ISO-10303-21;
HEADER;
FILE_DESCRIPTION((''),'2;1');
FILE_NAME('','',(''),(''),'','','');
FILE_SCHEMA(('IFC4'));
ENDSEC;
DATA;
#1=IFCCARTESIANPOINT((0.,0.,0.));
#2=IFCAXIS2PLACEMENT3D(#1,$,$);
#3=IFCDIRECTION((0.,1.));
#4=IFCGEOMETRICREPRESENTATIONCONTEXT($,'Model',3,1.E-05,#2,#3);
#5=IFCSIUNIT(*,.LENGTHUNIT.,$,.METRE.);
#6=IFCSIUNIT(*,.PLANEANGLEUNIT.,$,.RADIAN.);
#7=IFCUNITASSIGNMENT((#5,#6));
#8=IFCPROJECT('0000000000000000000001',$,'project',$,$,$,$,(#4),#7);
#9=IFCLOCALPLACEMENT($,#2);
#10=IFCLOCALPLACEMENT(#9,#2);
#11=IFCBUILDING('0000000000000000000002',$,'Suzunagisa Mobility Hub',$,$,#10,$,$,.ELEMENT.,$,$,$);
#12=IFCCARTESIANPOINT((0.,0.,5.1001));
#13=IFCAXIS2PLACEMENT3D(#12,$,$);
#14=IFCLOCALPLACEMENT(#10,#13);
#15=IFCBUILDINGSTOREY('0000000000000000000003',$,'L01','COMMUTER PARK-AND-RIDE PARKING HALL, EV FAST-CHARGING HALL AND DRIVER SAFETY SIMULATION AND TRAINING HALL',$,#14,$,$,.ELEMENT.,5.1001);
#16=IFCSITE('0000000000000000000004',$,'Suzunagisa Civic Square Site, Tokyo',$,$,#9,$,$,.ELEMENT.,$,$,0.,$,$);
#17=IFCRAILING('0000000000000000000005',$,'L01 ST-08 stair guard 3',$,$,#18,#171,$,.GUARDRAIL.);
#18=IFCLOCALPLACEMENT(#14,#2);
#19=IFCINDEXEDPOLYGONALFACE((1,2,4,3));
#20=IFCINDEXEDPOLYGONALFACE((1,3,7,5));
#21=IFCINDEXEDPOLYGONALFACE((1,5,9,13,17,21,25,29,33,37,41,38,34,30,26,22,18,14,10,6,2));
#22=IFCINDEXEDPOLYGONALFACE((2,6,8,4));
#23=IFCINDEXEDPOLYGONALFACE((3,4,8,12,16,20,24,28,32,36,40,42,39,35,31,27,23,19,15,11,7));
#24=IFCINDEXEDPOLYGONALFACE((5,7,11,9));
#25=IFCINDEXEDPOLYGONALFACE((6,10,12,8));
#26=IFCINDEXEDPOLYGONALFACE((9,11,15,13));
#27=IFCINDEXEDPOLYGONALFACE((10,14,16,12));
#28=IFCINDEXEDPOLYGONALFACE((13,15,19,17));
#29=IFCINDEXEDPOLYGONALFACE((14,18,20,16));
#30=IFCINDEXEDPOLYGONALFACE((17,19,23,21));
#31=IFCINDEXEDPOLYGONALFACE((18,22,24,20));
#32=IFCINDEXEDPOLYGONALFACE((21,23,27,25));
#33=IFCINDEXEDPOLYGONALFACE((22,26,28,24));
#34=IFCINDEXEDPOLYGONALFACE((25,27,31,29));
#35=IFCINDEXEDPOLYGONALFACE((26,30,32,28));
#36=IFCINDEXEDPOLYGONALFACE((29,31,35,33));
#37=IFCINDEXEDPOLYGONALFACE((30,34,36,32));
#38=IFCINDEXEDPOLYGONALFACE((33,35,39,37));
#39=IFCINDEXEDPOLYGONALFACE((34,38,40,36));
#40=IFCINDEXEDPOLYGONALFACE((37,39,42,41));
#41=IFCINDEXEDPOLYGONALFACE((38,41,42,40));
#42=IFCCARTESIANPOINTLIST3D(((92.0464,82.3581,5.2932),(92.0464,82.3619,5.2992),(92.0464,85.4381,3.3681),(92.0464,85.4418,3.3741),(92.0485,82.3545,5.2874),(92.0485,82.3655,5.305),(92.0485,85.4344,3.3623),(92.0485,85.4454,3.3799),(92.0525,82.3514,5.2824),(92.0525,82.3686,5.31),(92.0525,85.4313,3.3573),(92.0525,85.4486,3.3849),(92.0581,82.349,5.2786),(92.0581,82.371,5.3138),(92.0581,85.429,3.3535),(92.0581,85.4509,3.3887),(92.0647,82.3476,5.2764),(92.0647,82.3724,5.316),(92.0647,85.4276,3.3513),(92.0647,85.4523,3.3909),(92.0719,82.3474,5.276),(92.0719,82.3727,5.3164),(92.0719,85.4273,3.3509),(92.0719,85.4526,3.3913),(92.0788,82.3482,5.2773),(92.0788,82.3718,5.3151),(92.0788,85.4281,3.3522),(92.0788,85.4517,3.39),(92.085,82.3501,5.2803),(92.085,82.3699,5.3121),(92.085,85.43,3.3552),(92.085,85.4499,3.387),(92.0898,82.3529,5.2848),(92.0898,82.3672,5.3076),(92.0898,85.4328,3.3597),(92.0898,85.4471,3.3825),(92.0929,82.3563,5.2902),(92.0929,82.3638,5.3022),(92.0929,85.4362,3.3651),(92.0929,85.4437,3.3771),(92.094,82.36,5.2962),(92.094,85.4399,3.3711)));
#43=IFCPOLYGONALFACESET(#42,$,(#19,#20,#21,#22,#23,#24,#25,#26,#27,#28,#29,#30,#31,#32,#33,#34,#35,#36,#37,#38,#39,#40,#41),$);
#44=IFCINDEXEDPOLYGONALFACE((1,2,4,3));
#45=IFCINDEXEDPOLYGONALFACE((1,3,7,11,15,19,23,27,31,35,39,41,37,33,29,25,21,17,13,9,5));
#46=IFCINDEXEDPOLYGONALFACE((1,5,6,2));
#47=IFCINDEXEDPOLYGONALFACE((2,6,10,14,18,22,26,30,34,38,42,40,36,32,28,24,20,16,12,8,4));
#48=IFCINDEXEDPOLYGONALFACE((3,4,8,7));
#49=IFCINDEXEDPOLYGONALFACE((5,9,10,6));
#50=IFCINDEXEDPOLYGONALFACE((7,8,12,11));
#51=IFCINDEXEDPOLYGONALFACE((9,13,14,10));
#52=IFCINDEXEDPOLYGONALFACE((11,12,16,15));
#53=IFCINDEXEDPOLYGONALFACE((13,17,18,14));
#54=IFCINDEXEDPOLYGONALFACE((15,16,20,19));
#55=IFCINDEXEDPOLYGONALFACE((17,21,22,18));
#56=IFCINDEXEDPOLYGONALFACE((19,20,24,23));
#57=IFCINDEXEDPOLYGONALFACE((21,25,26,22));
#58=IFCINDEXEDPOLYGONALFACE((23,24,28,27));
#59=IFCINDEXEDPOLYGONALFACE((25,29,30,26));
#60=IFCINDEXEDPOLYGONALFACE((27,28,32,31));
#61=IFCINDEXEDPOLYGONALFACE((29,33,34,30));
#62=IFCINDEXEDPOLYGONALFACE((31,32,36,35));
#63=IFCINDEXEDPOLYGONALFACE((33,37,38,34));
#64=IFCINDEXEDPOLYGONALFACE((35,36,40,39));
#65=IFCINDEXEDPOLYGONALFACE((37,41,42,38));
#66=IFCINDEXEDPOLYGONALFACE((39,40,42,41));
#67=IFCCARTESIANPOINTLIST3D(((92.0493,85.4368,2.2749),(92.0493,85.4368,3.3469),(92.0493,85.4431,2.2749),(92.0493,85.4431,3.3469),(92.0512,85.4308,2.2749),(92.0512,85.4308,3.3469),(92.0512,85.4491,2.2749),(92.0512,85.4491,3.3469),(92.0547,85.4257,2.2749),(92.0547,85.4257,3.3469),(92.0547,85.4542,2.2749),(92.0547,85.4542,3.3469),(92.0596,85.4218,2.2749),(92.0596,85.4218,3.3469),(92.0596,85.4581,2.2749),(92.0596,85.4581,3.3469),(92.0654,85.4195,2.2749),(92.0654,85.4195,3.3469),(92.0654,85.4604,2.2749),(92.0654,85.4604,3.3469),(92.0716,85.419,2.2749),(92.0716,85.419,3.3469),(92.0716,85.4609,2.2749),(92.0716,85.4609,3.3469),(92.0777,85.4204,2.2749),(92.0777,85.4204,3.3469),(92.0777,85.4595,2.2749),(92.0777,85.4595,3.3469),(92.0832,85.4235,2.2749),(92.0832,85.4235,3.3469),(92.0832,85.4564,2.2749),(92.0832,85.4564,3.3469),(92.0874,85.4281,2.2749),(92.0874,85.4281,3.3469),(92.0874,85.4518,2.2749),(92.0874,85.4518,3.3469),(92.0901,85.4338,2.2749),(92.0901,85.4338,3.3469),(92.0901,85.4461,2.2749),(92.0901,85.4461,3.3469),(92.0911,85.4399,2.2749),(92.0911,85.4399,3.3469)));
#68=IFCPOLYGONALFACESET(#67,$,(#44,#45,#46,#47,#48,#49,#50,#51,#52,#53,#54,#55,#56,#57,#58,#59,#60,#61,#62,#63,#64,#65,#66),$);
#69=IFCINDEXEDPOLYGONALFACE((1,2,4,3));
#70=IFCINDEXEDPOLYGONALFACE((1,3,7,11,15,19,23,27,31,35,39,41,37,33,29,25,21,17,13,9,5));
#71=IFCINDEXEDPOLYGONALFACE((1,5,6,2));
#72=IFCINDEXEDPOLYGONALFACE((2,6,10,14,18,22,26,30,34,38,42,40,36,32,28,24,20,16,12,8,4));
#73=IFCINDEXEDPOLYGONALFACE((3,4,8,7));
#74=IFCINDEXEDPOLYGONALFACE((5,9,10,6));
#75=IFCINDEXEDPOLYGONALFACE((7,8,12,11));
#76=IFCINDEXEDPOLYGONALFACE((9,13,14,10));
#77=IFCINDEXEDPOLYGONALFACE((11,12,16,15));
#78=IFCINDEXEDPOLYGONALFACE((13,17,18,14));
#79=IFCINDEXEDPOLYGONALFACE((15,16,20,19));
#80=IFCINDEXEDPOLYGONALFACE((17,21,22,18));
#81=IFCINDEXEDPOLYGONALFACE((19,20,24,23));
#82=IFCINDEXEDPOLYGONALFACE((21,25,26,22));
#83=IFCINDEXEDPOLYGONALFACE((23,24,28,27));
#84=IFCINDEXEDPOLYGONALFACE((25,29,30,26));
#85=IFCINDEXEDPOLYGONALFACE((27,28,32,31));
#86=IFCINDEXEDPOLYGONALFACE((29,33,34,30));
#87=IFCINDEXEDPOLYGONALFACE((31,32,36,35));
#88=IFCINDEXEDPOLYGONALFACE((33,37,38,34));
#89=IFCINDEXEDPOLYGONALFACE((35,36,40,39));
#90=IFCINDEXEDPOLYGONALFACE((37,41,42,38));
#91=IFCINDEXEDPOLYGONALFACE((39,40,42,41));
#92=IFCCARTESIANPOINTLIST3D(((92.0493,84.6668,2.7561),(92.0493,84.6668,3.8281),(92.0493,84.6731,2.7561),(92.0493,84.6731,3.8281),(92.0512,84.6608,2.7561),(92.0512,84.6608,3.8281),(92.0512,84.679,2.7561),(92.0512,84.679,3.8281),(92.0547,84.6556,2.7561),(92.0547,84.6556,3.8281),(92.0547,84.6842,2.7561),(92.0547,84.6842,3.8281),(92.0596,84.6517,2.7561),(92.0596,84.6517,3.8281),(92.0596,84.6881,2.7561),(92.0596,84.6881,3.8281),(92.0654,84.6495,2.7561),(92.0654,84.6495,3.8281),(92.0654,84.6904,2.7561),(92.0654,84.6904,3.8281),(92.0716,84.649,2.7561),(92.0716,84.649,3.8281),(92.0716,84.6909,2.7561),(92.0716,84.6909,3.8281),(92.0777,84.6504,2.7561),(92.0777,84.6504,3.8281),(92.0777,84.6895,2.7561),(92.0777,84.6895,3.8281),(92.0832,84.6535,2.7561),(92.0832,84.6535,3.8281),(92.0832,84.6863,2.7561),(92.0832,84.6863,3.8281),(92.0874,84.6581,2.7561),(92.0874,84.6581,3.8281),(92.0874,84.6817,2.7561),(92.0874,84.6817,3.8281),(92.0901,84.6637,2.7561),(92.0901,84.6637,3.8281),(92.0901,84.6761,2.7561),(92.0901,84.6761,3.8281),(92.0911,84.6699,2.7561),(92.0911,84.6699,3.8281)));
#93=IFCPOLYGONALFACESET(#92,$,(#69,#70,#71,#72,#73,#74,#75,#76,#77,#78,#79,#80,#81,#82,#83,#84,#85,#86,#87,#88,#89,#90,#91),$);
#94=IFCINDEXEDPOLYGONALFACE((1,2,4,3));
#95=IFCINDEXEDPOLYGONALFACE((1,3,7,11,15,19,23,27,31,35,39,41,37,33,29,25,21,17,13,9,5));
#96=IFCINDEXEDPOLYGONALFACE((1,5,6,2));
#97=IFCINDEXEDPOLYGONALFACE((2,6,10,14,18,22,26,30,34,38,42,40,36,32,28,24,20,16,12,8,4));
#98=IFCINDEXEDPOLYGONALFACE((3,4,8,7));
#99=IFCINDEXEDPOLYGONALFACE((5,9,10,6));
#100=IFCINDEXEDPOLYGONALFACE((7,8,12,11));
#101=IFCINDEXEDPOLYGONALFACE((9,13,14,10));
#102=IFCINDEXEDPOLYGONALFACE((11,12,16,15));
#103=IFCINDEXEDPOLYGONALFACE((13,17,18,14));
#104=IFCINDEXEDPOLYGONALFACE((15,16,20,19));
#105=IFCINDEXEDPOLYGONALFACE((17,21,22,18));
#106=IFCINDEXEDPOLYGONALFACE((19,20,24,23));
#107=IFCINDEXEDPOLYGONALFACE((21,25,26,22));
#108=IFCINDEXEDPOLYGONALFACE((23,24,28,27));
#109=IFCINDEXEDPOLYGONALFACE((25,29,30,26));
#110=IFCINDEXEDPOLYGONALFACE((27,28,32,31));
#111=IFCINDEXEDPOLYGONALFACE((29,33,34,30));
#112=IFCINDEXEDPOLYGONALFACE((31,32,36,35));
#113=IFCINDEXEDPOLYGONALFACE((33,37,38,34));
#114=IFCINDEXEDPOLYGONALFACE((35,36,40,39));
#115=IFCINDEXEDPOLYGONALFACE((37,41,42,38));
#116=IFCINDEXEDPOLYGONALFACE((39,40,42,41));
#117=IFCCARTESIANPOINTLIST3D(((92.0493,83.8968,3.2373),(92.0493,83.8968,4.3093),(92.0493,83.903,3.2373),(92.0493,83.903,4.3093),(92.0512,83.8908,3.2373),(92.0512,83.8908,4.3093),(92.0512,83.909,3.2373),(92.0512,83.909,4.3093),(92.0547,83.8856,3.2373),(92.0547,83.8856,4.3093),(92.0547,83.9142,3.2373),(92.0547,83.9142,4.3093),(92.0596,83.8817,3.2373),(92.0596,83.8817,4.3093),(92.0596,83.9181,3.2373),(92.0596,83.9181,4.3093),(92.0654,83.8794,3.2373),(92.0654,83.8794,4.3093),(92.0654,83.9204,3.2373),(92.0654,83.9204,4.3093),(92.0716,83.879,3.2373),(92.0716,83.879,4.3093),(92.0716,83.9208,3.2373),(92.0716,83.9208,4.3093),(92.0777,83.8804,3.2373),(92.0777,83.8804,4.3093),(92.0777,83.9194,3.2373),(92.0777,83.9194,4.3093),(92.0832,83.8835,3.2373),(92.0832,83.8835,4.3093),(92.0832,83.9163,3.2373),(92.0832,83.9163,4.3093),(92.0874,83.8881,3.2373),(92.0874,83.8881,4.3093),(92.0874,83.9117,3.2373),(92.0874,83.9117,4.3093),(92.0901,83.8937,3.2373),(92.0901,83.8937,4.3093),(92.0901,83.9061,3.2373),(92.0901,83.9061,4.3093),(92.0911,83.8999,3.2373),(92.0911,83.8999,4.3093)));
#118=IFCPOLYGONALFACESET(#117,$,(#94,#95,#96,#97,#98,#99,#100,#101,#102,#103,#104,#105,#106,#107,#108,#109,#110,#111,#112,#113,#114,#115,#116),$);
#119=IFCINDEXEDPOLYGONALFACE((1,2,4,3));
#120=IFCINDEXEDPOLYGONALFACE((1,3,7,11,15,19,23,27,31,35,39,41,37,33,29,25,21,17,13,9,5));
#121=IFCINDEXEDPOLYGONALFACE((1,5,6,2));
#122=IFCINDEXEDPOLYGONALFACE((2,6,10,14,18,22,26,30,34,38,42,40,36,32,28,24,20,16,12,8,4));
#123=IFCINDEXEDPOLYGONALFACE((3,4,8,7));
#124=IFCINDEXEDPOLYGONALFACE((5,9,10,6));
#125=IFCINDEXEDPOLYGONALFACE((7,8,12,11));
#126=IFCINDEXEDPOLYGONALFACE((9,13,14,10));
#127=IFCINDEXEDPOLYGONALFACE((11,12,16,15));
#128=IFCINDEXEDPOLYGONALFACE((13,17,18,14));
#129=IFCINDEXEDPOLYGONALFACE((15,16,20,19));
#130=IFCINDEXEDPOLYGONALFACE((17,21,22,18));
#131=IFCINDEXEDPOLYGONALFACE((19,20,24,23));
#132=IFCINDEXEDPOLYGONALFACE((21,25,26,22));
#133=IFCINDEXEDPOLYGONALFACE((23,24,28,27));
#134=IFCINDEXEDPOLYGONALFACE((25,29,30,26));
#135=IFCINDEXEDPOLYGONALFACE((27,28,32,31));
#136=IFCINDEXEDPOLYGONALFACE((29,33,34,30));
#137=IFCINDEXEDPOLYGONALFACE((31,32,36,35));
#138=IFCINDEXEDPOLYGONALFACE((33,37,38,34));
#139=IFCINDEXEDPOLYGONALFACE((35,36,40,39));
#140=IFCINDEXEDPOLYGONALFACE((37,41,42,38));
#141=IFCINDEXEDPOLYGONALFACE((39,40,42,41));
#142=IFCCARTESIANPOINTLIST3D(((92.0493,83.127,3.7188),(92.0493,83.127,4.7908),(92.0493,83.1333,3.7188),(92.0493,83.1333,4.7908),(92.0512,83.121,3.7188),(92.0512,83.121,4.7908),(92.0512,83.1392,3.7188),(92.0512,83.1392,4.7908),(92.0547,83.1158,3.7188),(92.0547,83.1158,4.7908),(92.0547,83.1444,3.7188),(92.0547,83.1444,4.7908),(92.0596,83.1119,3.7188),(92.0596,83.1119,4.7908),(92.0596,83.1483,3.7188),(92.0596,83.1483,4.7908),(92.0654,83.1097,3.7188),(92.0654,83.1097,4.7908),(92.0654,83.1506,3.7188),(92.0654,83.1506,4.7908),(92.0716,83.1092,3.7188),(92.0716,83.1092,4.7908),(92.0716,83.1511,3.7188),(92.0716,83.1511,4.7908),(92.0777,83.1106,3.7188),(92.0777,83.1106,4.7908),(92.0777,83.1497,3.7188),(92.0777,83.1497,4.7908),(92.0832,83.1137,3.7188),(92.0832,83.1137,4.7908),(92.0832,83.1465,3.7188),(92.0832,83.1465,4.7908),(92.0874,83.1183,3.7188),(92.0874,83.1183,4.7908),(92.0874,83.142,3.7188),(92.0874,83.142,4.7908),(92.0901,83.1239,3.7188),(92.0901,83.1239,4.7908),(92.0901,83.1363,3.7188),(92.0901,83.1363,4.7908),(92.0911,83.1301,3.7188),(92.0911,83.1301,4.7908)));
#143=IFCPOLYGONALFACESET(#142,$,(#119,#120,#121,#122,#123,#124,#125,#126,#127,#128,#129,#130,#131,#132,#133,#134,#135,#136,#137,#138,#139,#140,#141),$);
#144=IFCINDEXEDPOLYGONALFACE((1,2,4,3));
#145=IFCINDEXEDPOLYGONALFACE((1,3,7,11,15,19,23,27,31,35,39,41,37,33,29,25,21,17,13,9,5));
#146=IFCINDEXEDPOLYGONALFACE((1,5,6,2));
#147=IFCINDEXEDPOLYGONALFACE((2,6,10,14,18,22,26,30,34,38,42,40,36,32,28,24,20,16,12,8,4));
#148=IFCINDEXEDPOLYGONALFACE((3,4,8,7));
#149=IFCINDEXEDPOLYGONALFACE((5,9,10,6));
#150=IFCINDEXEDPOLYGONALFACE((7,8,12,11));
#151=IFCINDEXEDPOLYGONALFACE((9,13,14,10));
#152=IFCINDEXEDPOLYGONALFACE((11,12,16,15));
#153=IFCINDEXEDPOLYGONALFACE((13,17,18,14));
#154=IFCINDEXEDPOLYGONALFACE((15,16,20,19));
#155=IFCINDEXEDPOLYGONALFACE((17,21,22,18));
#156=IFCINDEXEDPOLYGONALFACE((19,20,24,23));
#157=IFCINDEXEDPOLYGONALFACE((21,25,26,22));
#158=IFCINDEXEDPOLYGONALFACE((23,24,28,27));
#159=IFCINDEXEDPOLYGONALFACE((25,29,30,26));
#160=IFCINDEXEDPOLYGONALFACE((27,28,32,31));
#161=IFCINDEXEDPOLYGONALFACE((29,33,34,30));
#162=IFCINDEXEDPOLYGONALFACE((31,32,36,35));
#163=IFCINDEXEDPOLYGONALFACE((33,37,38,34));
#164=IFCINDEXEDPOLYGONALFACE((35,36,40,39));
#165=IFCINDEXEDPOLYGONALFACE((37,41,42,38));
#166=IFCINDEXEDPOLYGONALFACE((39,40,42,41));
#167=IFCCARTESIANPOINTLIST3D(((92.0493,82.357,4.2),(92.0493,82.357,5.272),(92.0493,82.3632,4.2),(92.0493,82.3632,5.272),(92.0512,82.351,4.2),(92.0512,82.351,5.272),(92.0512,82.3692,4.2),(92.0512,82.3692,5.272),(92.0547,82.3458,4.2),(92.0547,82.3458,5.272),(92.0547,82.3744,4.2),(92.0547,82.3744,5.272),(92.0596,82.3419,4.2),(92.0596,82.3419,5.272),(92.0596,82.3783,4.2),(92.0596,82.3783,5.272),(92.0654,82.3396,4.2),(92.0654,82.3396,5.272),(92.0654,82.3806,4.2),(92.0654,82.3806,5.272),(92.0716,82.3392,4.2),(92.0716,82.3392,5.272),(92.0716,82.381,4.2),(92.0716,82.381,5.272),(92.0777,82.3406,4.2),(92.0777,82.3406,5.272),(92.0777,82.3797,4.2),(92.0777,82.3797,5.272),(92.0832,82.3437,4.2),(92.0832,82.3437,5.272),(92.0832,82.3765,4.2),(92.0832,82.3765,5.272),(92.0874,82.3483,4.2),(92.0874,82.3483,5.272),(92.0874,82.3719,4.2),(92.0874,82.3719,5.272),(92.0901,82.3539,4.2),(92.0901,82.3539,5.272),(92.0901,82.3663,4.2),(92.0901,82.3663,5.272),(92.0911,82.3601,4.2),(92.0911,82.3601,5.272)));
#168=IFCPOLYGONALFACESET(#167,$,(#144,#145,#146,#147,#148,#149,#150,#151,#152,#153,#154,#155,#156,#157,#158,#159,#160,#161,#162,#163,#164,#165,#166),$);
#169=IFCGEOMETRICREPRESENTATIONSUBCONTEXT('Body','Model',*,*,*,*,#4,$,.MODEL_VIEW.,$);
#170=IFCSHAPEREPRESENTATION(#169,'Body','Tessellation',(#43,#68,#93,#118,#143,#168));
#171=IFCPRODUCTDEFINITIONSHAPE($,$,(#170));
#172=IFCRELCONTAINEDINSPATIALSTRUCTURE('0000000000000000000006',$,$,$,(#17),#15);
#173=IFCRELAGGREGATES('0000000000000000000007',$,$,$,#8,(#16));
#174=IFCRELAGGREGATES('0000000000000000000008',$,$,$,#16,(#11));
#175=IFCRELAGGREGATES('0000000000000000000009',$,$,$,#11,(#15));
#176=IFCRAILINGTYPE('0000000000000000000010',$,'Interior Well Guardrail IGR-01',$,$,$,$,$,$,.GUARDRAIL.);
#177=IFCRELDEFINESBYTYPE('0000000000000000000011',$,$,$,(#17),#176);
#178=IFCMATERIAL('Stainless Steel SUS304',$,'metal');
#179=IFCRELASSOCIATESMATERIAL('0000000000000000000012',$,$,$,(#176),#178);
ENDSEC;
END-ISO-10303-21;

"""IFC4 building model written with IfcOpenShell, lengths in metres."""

from ifc_helpers import new_model, si_unit, direction, frame, origin, origin_2d, place, context, subcontext, project, spatial, circle, extrude, material, type_object, element, save


model = new_model("IFC4")

# Units and contexts
model_context = context("Model", 3, precision=1e-05, world=origin(), true_north=direction((0.0, 1.0)))
body_context = subcontext(model_context, "Body", "Model", "MODEL_VIEW")
ifc_project = project(units=[si_unit("LENGTHUNIT", "METRE"), si_unit("PLANEANGLEUNIT", "RADIAN")], contexts=[model_context])

# Site, building, storey
site_placement = place(None, origin())
site = spatial("IfcSite", under=ifc_project, at=site_placement, Name="Suzunagisa Civic Square Site, Tokyo", CompositionType="ELEMENT", RefElevation=0.0)
building_placement = place(site_placement, origin())
building = spatial("IfcBuilding", under=site, at=building_placement, Name="Suzunagisa Mobility Hub", CompositionType="ELEMENT")
storey_placement = place(building_placement, frame((0.0, 0.0, 5.1001)))
storey = spatial("IfcBuildingStorey", under=building, at=storey_placement, Name="L01", Description="COMMUTER PARK-AND-RIDE PARKING HALL, EV FAST-CHARGING HALL AND DRIVER SAFETY SIMULATION AND TRAINING HALL", CompositionType="ELEMENT", Elevation=5.1001)

# Railing
ifc_material_1 = material(Name="Stainless Steel SUS304", Category="metal")
railing_type_1 = type_object("IfcRailingType", Name="Interior Well Guardrail IGR-01", PredefinedType="GUARDRAIL", material=ifc_material_1)
railing_1_placement = place(storey_placement, frame((92.0701, 85.4399, 2.2749)))
element("IfcRailing", 1, at=railing_1_placement, inside=storey, type_object=railing_type_1, Name="L01 ST-08 stair guard 3", PredefinedType="GUARDRAIL", context=body_context, shape_type="SweptSolid", body=[
    extrude(circle(Radius=0.0239, at=origin_2d()), frame((0.0, 0.0, 1.0962), z_axis=(0.0, -0.847979, 0.530029), x_axis=(1.0, 0.0, 0.0)), (0.0, 0.0, 1.0), 3.6321),
    extrude(circle(Radius=0.021, at=origin_2d()), origin(), (0.0, 0.0, 1.0), 1.072),
    extrude(circle(Radius=0.021, at=origin_2d()), frame((0.0, -0.77, 0.4812)), (0.0, 0.0, 1.0), 1.072),
    extrude(circle(Radius=0.021, at=origin_2d()), frame((0.0, -1.54, 0.9624)), (0.0, 0.0, 1.0), 1.072),
    extrude(circle(Radius=0.021, at=origin_2d()), frame((0.0, -2.3098, 1.4438)), (0.0, 0.0, 1.0), 1.072),
    extrude(circle(Radius=0.021, at=origin_2d()), frame((0.0, -3.0798, 1.925)), (0.0, 0.0, 1.0), 1.072),
])

save(model, "model.ifc")
